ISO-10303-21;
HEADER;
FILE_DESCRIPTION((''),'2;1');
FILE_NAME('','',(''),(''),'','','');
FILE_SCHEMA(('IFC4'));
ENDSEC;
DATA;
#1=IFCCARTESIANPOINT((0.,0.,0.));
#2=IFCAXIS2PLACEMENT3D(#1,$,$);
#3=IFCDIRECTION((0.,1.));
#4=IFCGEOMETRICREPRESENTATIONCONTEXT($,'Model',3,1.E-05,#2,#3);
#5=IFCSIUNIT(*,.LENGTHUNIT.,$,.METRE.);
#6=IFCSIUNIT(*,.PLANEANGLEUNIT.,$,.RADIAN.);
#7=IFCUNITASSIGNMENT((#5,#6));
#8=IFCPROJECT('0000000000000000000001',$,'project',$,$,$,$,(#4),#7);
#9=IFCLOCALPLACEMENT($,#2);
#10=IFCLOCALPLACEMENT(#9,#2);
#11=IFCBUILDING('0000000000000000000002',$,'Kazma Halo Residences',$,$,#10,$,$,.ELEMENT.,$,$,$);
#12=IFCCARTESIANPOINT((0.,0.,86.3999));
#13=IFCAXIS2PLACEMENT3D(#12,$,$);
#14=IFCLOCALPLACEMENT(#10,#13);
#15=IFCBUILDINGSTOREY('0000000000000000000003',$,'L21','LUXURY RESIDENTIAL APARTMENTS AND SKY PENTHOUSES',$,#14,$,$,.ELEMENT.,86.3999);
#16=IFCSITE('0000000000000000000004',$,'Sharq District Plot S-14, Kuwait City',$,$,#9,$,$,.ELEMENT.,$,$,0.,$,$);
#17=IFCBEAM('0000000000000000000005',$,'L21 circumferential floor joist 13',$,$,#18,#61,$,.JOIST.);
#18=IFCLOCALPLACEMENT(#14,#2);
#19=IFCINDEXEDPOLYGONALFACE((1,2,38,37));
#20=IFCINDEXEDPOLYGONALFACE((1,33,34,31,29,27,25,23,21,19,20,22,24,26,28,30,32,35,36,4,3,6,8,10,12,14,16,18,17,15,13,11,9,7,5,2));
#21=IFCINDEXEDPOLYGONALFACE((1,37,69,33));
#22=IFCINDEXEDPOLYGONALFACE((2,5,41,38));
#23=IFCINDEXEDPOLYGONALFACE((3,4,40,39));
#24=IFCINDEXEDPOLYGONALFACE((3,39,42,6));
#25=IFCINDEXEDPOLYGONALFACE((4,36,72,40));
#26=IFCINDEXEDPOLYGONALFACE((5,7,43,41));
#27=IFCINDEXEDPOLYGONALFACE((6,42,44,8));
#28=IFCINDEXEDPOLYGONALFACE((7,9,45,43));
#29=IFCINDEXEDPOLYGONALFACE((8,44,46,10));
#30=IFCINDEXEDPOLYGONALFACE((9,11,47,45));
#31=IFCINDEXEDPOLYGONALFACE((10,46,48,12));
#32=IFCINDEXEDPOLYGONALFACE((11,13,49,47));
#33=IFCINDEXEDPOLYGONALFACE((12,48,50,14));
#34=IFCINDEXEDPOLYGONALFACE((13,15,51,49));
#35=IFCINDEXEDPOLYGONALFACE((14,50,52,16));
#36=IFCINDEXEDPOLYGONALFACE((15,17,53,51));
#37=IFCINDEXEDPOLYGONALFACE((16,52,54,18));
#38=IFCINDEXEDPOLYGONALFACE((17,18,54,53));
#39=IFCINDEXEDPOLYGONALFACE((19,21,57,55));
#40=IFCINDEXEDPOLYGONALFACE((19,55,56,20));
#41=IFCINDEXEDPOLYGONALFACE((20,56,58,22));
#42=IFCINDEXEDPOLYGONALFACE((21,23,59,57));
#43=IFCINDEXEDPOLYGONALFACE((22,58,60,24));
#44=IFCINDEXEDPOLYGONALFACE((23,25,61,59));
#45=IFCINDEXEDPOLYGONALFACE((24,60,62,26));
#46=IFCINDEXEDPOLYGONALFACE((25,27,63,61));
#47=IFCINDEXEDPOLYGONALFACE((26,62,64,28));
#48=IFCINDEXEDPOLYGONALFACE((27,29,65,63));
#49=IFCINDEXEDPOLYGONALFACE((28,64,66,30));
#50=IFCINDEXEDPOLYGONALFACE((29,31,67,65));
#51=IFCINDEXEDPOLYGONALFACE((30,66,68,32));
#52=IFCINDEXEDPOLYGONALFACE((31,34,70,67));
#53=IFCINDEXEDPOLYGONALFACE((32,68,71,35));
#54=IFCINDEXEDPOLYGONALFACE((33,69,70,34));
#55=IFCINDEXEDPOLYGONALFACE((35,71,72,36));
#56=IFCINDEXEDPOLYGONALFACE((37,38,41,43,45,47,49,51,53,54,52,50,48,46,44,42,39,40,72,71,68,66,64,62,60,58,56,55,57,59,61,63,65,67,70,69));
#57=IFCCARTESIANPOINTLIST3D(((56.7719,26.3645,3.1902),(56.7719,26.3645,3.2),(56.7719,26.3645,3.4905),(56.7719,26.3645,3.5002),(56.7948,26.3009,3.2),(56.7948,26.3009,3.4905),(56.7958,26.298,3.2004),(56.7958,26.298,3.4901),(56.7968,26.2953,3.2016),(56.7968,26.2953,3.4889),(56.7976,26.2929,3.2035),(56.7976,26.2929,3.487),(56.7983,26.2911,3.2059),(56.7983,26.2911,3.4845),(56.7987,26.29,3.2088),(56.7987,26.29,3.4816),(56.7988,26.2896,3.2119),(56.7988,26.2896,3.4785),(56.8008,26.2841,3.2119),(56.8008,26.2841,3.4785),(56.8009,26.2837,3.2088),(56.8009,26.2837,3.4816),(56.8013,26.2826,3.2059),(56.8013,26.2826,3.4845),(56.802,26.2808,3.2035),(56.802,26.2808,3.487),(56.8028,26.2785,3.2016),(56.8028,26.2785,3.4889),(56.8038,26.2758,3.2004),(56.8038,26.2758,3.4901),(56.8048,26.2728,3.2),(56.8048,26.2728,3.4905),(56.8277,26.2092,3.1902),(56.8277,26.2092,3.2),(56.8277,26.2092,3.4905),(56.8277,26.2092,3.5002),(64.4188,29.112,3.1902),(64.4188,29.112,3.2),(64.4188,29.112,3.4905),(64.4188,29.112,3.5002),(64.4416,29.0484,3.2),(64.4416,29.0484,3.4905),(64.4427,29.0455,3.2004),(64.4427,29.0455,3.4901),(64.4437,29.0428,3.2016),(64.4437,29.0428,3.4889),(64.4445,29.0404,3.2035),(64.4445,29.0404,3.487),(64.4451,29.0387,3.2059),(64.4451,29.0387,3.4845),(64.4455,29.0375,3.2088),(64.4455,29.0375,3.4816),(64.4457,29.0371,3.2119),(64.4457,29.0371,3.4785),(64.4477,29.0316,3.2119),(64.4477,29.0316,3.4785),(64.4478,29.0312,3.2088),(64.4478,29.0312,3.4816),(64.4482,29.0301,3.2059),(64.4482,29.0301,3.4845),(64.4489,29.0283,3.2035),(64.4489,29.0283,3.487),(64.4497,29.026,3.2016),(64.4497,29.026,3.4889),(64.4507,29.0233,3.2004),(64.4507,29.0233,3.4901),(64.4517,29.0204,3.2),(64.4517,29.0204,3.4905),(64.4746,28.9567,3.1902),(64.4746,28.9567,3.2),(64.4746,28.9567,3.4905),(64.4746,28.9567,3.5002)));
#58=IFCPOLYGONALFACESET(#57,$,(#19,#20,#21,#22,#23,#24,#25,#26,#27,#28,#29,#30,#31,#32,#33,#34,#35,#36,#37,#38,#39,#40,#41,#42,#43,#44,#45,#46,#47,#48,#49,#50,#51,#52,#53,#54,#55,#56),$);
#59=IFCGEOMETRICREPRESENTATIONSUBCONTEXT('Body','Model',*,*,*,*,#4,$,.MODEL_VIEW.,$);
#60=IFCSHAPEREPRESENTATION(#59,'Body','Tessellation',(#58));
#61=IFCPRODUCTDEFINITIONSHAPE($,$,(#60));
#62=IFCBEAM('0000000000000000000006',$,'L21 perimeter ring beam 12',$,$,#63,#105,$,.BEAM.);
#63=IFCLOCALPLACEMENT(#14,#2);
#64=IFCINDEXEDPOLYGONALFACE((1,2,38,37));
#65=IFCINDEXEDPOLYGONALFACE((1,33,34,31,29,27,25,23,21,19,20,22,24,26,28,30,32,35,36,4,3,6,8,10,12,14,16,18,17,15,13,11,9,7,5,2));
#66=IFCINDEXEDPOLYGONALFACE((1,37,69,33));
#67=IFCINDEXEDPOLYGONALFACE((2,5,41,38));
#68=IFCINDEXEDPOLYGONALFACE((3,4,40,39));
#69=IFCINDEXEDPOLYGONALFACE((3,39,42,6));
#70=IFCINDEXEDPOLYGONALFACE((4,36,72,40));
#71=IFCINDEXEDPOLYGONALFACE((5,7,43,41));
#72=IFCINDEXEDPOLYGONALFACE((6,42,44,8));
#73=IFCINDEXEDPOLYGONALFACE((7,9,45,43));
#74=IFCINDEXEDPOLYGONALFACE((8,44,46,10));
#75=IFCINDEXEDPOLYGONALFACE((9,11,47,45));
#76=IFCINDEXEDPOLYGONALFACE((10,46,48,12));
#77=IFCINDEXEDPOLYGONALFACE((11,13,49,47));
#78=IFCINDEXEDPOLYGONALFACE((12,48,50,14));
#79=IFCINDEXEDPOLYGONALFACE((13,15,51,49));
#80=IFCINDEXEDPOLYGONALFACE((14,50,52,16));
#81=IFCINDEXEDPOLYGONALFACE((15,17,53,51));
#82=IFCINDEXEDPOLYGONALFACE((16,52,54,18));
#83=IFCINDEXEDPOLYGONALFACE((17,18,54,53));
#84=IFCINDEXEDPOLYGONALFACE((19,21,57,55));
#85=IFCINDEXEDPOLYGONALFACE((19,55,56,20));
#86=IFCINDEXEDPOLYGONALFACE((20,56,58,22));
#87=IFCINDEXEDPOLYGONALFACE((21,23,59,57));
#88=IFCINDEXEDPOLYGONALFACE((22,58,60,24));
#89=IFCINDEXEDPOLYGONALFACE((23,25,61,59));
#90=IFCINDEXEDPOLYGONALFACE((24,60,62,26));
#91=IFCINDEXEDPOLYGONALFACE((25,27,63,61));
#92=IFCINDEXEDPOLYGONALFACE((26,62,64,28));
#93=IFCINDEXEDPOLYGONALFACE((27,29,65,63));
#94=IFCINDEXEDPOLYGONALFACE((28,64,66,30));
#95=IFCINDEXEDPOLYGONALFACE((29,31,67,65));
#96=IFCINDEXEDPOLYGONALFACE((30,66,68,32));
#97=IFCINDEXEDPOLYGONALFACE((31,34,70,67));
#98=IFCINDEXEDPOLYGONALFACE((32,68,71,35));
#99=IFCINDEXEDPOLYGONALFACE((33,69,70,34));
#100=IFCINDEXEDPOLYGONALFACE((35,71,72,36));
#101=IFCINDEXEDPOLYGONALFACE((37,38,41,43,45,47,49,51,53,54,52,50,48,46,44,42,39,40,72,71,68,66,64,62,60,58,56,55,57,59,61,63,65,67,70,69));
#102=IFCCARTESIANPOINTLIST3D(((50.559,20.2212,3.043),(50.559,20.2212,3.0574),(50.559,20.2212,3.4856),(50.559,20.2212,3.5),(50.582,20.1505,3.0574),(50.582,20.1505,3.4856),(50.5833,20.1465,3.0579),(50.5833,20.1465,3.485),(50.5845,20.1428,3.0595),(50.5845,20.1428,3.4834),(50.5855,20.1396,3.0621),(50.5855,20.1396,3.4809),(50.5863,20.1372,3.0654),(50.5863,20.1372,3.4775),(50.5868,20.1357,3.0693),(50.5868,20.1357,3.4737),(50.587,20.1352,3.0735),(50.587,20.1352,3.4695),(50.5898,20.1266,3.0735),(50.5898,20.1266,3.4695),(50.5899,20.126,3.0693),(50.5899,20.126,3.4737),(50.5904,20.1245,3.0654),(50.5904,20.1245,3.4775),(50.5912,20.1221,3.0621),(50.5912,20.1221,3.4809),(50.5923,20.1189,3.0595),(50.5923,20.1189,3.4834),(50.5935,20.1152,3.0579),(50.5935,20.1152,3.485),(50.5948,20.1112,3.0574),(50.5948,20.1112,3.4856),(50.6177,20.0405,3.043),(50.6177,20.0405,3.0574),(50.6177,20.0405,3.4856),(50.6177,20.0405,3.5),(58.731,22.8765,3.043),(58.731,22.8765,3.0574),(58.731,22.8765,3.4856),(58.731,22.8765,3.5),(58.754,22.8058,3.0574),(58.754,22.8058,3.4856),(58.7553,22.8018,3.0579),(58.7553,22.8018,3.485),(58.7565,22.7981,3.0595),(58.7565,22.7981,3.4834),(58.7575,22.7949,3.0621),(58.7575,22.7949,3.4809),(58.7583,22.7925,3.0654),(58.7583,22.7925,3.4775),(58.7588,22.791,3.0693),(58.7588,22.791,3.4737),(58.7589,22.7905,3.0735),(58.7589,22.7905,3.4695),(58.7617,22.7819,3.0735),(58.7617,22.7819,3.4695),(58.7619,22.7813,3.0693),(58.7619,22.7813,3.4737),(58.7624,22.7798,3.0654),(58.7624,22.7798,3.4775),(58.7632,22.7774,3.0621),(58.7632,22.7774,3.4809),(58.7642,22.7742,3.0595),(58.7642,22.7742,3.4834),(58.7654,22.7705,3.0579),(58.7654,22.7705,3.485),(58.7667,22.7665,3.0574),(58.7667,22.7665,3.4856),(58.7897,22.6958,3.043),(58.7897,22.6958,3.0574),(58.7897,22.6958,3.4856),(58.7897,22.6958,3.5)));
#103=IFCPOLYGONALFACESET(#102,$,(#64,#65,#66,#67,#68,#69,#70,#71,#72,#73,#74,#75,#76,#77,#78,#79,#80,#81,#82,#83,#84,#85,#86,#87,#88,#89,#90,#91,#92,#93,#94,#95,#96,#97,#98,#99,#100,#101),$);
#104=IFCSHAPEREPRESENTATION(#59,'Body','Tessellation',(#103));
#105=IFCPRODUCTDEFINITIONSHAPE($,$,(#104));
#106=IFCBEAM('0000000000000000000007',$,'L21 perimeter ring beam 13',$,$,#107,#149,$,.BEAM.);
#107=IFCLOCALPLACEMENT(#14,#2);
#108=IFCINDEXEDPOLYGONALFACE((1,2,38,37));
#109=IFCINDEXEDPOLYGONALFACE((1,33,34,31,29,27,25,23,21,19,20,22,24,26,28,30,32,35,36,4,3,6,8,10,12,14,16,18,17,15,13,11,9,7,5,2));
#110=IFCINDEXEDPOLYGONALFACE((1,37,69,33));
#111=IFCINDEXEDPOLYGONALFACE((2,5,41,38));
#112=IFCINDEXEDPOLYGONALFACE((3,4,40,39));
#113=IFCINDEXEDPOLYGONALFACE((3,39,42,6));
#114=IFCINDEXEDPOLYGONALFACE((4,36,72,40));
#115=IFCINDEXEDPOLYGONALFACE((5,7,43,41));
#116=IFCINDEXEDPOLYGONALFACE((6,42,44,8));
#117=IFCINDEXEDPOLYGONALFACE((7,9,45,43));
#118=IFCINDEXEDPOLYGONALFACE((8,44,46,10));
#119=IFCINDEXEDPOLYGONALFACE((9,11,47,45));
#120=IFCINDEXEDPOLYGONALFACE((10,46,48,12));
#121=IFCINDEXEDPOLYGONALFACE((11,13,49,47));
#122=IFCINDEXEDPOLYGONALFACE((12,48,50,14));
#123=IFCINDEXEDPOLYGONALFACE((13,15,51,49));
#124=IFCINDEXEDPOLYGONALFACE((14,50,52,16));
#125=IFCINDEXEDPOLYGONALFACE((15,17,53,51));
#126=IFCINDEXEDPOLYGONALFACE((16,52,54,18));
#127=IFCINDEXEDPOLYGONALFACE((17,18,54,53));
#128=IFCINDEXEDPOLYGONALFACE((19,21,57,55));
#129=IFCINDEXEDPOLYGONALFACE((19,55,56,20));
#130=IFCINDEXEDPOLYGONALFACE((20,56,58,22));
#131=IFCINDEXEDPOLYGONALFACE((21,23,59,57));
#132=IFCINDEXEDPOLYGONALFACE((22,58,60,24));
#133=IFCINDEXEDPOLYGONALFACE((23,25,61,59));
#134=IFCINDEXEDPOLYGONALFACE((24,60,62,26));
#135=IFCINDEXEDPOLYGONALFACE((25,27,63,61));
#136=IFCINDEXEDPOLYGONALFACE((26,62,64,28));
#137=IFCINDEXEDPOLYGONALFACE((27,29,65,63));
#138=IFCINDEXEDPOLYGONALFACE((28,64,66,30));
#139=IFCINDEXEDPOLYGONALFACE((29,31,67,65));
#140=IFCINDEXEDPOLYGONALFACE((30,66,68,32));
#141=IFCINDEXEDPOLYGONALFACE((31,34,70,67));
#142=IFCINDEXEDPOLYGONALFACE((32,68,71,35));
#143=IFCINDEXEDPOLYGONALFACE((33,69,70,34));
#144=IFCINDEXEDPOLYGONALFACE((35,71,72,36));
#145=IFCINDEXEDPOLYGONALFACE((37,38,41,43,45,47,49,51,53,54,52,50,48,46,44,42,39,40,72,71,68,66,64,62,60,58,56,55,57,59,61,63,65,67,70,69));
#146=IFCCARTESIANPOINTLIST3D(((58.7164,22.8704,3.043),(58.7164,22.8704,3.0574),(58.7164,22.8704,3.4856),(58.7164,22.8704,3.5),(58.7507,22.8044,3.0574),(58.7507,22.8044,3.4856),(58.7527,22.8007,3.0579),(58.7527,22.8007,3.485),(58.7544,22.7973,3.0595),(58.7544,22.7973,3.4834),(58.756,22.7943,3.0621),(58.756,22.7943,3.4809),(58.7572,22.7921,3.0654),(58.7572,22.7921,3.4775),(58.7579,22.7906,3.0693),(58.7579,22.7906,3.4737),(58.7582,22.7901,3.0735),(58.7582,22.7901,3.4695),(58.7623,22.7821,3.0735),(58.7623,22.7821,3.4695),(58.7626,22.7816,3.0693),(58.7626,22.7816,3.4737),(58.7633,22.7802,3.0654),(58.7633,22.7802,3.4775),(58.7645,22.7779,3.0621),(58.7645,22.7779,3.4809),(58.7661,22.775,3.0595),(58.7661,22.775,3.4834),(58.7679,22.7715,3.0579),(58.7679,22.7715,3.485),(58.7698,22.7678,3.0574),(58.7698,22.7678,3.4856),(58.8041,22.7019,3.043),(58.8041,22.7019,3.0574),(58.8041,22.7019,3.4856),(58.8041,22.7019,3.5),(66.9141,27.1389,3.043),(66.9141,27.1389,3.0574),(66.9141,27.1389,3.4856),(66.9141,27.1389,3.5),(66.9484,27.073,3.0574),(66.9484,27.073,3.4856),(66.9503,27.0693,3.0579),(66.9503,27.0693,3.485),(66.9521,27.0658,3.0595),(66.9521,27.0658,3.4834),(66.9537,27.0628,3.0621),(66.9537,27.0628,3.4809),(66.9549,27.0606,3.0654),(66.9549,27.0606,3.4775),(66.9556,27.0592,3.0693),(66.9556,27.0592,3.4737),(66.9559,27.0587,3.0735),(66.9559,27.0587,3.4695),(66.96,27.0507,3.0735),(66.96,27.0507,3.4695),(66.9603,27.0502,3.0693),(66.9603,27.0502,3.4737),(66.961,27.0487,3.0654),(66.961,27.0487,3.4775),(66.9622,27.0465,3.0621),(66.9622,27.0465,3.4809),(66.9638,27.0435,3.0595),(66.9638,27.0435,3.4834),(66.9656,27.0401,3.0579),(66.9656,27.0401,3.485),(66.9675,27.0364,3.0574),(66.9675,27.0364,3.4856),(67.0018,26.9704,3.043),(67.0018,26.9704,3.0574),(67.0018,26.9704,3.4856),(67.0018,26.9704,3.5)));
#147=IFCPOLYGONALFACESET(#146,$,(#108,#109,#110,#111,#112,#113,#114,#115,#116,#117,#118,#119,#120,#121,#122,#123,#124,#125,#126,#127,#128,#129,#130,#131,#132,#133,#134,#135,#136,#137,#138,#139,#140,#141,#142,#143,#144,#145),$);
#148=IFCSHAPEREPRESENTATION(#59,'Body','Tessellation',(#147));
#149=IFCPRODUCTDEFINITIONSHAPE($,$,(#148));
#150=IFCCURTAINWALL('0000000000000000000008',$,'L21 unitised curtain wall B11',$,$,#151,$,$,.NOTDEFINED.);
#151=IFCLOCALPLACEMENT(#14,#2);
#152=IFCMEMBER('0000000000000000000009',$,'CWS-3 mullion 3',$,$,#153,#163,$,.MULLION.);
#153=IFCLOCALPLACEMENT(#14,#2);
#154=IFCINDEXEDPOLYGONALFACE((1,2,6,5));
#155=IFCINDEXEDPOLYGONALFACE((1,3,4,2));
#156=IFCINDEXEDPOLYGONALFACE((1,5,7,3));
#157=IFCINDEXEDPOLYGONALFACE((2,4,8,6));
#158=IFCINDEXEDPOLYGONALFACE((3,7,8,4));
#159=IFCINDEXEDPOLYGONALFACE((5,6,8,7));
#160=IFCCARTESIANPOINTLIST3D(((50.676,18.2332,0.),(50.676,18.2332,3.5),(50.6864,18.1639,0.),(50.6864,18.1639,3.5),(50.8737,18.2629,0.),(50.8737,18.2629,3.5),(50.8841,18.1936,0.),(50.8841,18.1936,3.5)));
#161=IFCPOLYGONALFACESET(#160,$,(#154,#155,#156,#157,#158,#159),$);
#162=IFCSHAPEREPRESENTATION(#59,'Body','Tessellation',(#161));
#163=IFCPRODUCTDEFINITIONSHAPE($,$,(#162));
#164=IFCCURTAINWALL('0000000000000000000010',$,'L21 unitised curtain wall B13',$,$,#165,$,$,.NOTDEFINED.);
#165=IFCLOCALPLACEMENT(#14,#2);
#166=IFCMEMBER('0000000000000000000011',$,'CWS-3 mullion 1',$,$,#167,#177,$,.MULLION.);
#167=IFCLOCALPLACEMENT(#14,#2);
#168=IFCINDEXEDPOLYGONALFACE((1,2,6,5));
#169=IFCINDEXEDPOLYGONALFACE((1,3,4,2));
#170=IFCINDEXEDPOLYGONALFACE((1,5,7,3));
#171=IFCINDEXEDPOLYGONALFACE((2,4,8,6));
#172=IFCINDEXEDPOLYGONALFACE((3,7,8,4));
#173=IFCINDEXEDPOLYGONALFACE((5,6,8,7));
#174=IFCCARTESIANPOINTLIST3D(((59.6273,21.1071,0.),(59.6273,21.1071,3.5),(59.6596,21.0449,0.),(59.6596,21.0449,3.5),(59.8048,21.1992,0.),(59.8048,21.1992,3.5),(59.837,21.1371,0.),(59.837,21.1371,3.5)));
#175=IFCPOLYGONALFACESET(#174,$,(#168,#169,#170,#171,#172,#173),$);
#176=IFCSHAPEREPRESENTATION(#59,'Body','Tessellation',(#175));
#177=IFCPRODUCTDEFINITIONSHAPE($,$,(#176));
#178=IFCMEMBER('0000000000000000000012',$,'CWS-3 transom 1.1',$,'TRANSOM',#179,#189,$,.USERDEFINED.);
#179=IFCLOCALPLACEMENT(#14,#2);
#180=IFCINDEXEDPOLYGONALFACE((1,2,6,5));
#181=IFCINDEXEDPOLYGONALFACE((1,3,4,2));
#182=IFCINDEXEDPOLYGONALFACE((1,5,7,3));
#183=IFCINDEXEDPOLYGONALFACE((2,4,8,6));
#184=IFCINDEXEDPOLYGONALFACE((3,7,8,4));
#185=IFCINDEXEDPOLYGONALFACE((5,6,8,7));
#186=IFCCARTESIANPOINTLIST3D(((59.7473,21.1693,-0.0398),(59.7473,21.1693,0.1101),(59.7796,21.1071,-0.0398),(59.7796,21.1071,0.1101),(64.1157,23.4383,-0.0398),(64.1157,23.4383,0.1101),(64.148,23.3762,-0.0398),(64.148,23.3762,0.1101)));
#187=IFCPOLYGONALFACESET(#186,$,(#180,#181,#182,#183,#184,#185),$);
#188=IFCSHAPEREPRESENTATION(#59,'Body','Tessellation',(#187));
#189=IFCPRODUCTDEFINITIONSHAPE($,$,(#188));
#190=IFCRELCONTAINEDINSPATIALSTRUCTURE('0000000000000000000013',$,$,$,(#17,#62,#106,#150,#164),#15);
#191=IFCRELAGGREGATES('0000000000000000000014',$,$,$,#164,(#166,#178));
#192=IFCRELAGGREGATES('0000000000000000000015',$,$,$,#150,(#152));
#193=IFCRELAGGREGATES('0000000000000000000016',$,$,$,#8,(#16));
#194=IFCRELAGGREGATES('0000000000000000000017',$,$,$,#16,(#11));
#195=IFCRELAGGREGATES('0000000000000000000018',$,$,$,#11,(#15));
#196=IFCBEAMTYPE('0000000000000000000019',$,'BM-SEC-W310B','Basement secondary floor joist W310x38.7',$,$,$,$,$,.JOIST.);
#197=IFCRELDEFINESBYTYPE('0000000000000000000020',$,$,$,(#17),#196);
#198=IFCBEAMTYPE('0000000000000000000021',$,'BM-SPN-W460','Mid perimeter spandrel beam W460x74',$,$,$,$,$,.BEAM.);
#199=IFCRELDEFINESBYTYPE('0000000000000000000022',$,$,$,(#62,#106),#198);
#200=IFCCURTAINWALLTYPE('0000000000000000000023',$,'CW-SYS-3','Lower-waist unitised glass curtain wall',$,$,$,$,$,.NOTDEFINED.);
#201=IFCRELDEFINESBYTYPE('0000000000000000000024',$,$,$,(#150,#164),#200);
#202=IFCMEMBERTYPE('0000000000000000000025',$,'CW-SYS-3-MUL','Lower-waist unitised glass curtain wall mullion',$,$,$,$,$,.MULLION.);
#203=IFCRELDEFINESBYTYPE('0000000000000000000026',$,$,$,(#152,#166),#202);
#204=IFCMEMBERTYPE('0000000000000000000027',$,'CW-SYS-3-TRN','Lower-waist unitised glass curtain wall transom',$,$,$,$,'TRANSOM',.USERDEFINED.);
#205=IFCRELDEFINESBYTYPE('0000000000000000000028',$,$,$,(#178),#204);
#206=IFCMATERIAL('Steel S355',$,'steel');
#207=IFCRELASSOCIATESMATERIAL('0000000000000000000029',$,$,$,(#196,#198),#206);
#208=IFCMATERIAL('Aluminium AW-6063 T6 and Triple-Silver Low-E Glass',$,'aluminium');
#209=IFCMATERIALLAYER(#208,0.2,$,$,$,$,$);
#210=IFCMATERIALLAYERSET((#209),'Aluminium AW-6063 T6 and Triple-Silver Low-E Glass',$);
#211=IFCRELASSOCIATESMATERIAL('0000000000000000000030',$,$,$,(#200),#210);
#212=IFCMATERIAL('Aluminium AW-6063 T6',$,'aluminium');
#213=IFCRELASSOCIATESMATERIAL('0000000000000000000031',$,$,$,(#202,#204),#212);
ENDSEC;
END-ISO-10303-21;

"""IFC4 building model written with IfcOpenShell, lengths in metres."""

from ifc_helpers import new_model, si_unit, direction, frame, origin, origin_2d, place, context, subcontext, project, spatial, rectangle, i_section, extrude, material, layer, layer_set, material_profile, profile_set, type_object, element, aggregate, save


model = new_model("IFC4")

# Units and contexts
model_context = context("Model", 3, precision=1e-05, world=origin(), true_north=direction((0.0, 1.0)))
body_context = subcontext(model_context, "Body", "Model", "MODEL_VIEW")
ifc_project = project(units=[si_unit("LENGTHUNIT", "METRE"), si_unit("PLANEANGLEUNIT", "RADIAN")], contexts=[model_context])

# Site, building, storey
site_placement = place(None, origin())
site = spatial("IfcSite", under=ifc_project, at=site_placement, Name="Sharq District Plot S-14, Kuwait City", CompositionType="ELEMENT", RefElevation=0.0)
building_placement = place(site_placement, origin())
building = spatial("IfcBuilding", under=site, at=building_placement, Name="Kazma Halo Residences", CompositionType="ELEMENT")
storey_placement = place(building_placement, frame((0.0, 0.0, 86.3999)))
storey = spatial("IfcBuildingStorey", under=building, at=storey_placement, Name="L21", Description="LUXURY RESIDENTIAL APARTMENTS AND SKY PENTHOUSES", CompositionType="ELEMENT", Elevation=86.3999)

# Beams
ifc_material_1 = material(Name="Steel S355", Category="steel")
ifc_material_profile_1 = material_profile(ifc_material_1, i_section(OverallWidth=0.165, OverallDepth=0.3101, WebThickness=0.0059, FlangeThickness=0.0098, FilletRadius=0.012, at=origin_2d()), Name="W310x38.7")
ifc_profile_set_1 = profile_set([ifc_material_profile_1], Name="Steel S355")
beam_type_1 = type_object("IfcBeamType", Name="BM-SEC-W310B", Description="Basement secondary floor joist W310x38.7", PredefinedType="JOIST", material=ifc_profile_set_1)
beam_1_placement = place(storey_placement, frame((56.7998, 26.2869, 3.3452), z_axis=(0.941097, 0.338136, 0.0), x_axis=(-0.338136, 0.941097, 0.0)))
element("IfcBeam", 1, at=beam_1_placement, inside=storey, type_object=beam_type_1, Name="L21 circumferential floor joist 13", PredefinedType="JOIST", context=body_context, shape_type="SweptSolid", body=[
    extrude(i_section(OverallWidth=0.165, OverallDepth=0.3101, WebThickness=0.0059, FlangeThickness=0.0098, FilletRadius=0.012, at=origin_2d()), origin(), (0.0, 0.0, 1.0), 8.1255),
])
ifc_material_profile_2 = material_profile(ifc_material_1, i_section(OverallWidth=0.1899, OverallDepth=0.457, WebThickness=0.009, FlangeThickness=0.0144, FilletRadius=0.0161, at=origin_2d()), Name="W460x74")
ifc_profile_set_2 = profile_set([ifc_material_profile_2], Name="Steel S355")
beam_type_2 = type_object("IfcBeamType", Name="BM-SPN-W460", Description="Mid perimeter spandrel beam W460x74", PredefinedType="BEAM", material=ifc_profile_set_2)
beam_2_placement = place(storey_placement, frame((50.5884, 20.1309, 3.2715), z_axis=(0.951054, 0.309024, 0.0), x_axis=(-0.309024, 0.951054, 0.0)))
element("IfcBeam", 2, at=beam_2_placement, inside=storey, type_object=beam_type_2, Name="L21 perimeter ring beam 12", PredefinedType="BEAM", context=body_context, shape_type="SweptSolid", body=[
    extrude(i_section(OverallWidth=0.1899, OverallDepth=0.457, WebThickness=0.009, FlangeThickness=0.0144, FilletRadius=0.0161, at=origin_2d()), origin(), (0.0, 0.0, 1.0), 8.5925),
])
beam_3_placement = place(storey_placement, frame((58.7603, 22.7861, 3.2715), z_axis=(0.886963, 0.46184, 0.0), x_axis=(-0.46184, 0.886963, 0.0)))
element("IfcBeam", 3, at=beam_3_placement, inside=storey, type_object=beam_type_2, Name="L21 perimeter ring beam 13", PredefinedType="BEAM", context=body_context, shape_type="SweptSolid", body=[
    extrude(i_section(OverallWidth=0.1899, OverallDepth=0.457, WebThickness=0.009, FlangeThickness=0.0144, FilletRadius=0.0161, at=origin_2d()), origin(), (0.0, 0.0, 1.0), 9.2424),
])

# Curtain wall, member
ifc_material_2 = material(Name="Aluminium AW-6063 T6 and Triple-Silver Low-E Glass", Category="aluminium")
ifc_layer_1 = layer(ifc_material_2, 0.2)
ifc_layer_set_1 = layer_set([ifc_layer_1], Name="Aluminium AW-6063 T6 and Triple-Silver Low-E Glass")
curtain_wall_type = type_object("IfcCurtainWallType", Name="CW-SYS-3", Description="Lower-waist unitised glass curtain wall", PredefinedType="NOTDEFINED", material=ifc_layer_set_1)
curtain_wall_1_placement = place(storey_placement, origin())
curtain_wall_1 = element("IfcCurtainWall", 4, at=curtain_wall_1_placement, inside=storey, type_object=curtain_wall_type, Name="L21 unitised curtain wall B11", PredefinedType="NOTDEFINED")
ifc_material_3 = material(Name="Aluminium AW-6063 T6", Category="aluminium")
ifc_material_profile_3 = material_profile(ifc_material_3, rectangle(XDim=0.0701, YDim=0.2, at=origin_2d()), Name="CWM-70x200")
ifc_profile_set_3 = profile_set([ifc_material_profile_3], Name="Aluminium AW-6063 T6")
member_type_1 = type_object("IfcMemberType", Name="CW-SYS-3-MUL", Description="Lower-waist unitised glass curtain wall mullion", PredefinedType="MULLION", material=ifc_profile_set_3)
member_1_placement = place(storey_placement, frame((50.78, 18.2134, 0.0), z_axis=(0.0, 0.0, 1.0), x_axis=(-0.148717, 0.98888, 0.0)))
member_1 = element("IfcMember", 5, at=member_1_placement, type_object=member_type_1, Name="CWS-3 mullion 3", PredefinedType="MULLION", context=body_context, shape_type="SweptSolid", body=[
    extrude(rectangle(XDim=0.0701, YDim=0.2, at=origin_2d()), origin(), (0.0, 0.0, 1.0), 3.5),
])

# Curtain wall, members
curtain_wall_2_placement = place(storey_placement, origin())
curtain_wall_2 = element("IfcCurtainWall", 6, at=curtain_wall_2_placement, inside=storey, type_object=curtain_wall_type, Name="L21 unitised curtain wall B13", PredefinedType="NOTDEFINED")
member_2_placement = place(storey_placement, frame((59.7322, 21.1221, 0.0), z_axis=(0.0, 0.0, 1.0), x_axis=(-0.460932, 0.887435, 0.0)))
member_2 = element("IfcMember", 7, at=member_2_placement, type_object=member_type_1, Name="CWS-3 mullion 1", PredefinedType="MULLION", context=body_context, shape_type="SweptSolid", body=[
    extrude(rectangle(XDim=0.0701, YDim=0.2, at=origin_2d()), origin(), (0.0, 0.0, 1.0), 3.5),
])
ifc_material_profile_4 = material_profile(ifc_material_3, rectangle(XDim=0.0701, YDim=0.1499, at=origin_2d()), Name="CWT-70x150")
ifc_profile_set_4 = profile_set([ifc_material_profile_4], Name="Aluminium AW-6063 T6")
member_type_2 = type_object("IfcMemberType", Name="CW-SYS-3-TRN", Description="Lower-waist unitised glass curtain wall transom", ElementType="TRANSOM", PredefinedType="USERDEFINED", material=ifc_profile_set_4)
member_3_placement = place(storey_placement, frame((59.7634, 21.1382, 0.0352), z_axis=(0.887427, 0.460948, 0.0), x_axis=(-0.460948, 0.887427, 0.0)))
member_3 = element("IfcMember", 8, at=member_3_placement, type_object=member_type_2, Name="CWS-3 transom 1.1", ObjectType="TRANSOM", PredefinedType="USERDEFINED", context=body_context, shape_type="SweptSolid", body=[
    extrude(rectangle(XDim=0.0701, YDim=0.1499, at=origin_2d()), origin(), (0.0, 0.0, 1.0), 4.9226),
])
aggregate(curtain_wall_2, [member_2, member_3])

aggregate(curtain_wall_1, [member_1])

save(model, "model.ifc")
